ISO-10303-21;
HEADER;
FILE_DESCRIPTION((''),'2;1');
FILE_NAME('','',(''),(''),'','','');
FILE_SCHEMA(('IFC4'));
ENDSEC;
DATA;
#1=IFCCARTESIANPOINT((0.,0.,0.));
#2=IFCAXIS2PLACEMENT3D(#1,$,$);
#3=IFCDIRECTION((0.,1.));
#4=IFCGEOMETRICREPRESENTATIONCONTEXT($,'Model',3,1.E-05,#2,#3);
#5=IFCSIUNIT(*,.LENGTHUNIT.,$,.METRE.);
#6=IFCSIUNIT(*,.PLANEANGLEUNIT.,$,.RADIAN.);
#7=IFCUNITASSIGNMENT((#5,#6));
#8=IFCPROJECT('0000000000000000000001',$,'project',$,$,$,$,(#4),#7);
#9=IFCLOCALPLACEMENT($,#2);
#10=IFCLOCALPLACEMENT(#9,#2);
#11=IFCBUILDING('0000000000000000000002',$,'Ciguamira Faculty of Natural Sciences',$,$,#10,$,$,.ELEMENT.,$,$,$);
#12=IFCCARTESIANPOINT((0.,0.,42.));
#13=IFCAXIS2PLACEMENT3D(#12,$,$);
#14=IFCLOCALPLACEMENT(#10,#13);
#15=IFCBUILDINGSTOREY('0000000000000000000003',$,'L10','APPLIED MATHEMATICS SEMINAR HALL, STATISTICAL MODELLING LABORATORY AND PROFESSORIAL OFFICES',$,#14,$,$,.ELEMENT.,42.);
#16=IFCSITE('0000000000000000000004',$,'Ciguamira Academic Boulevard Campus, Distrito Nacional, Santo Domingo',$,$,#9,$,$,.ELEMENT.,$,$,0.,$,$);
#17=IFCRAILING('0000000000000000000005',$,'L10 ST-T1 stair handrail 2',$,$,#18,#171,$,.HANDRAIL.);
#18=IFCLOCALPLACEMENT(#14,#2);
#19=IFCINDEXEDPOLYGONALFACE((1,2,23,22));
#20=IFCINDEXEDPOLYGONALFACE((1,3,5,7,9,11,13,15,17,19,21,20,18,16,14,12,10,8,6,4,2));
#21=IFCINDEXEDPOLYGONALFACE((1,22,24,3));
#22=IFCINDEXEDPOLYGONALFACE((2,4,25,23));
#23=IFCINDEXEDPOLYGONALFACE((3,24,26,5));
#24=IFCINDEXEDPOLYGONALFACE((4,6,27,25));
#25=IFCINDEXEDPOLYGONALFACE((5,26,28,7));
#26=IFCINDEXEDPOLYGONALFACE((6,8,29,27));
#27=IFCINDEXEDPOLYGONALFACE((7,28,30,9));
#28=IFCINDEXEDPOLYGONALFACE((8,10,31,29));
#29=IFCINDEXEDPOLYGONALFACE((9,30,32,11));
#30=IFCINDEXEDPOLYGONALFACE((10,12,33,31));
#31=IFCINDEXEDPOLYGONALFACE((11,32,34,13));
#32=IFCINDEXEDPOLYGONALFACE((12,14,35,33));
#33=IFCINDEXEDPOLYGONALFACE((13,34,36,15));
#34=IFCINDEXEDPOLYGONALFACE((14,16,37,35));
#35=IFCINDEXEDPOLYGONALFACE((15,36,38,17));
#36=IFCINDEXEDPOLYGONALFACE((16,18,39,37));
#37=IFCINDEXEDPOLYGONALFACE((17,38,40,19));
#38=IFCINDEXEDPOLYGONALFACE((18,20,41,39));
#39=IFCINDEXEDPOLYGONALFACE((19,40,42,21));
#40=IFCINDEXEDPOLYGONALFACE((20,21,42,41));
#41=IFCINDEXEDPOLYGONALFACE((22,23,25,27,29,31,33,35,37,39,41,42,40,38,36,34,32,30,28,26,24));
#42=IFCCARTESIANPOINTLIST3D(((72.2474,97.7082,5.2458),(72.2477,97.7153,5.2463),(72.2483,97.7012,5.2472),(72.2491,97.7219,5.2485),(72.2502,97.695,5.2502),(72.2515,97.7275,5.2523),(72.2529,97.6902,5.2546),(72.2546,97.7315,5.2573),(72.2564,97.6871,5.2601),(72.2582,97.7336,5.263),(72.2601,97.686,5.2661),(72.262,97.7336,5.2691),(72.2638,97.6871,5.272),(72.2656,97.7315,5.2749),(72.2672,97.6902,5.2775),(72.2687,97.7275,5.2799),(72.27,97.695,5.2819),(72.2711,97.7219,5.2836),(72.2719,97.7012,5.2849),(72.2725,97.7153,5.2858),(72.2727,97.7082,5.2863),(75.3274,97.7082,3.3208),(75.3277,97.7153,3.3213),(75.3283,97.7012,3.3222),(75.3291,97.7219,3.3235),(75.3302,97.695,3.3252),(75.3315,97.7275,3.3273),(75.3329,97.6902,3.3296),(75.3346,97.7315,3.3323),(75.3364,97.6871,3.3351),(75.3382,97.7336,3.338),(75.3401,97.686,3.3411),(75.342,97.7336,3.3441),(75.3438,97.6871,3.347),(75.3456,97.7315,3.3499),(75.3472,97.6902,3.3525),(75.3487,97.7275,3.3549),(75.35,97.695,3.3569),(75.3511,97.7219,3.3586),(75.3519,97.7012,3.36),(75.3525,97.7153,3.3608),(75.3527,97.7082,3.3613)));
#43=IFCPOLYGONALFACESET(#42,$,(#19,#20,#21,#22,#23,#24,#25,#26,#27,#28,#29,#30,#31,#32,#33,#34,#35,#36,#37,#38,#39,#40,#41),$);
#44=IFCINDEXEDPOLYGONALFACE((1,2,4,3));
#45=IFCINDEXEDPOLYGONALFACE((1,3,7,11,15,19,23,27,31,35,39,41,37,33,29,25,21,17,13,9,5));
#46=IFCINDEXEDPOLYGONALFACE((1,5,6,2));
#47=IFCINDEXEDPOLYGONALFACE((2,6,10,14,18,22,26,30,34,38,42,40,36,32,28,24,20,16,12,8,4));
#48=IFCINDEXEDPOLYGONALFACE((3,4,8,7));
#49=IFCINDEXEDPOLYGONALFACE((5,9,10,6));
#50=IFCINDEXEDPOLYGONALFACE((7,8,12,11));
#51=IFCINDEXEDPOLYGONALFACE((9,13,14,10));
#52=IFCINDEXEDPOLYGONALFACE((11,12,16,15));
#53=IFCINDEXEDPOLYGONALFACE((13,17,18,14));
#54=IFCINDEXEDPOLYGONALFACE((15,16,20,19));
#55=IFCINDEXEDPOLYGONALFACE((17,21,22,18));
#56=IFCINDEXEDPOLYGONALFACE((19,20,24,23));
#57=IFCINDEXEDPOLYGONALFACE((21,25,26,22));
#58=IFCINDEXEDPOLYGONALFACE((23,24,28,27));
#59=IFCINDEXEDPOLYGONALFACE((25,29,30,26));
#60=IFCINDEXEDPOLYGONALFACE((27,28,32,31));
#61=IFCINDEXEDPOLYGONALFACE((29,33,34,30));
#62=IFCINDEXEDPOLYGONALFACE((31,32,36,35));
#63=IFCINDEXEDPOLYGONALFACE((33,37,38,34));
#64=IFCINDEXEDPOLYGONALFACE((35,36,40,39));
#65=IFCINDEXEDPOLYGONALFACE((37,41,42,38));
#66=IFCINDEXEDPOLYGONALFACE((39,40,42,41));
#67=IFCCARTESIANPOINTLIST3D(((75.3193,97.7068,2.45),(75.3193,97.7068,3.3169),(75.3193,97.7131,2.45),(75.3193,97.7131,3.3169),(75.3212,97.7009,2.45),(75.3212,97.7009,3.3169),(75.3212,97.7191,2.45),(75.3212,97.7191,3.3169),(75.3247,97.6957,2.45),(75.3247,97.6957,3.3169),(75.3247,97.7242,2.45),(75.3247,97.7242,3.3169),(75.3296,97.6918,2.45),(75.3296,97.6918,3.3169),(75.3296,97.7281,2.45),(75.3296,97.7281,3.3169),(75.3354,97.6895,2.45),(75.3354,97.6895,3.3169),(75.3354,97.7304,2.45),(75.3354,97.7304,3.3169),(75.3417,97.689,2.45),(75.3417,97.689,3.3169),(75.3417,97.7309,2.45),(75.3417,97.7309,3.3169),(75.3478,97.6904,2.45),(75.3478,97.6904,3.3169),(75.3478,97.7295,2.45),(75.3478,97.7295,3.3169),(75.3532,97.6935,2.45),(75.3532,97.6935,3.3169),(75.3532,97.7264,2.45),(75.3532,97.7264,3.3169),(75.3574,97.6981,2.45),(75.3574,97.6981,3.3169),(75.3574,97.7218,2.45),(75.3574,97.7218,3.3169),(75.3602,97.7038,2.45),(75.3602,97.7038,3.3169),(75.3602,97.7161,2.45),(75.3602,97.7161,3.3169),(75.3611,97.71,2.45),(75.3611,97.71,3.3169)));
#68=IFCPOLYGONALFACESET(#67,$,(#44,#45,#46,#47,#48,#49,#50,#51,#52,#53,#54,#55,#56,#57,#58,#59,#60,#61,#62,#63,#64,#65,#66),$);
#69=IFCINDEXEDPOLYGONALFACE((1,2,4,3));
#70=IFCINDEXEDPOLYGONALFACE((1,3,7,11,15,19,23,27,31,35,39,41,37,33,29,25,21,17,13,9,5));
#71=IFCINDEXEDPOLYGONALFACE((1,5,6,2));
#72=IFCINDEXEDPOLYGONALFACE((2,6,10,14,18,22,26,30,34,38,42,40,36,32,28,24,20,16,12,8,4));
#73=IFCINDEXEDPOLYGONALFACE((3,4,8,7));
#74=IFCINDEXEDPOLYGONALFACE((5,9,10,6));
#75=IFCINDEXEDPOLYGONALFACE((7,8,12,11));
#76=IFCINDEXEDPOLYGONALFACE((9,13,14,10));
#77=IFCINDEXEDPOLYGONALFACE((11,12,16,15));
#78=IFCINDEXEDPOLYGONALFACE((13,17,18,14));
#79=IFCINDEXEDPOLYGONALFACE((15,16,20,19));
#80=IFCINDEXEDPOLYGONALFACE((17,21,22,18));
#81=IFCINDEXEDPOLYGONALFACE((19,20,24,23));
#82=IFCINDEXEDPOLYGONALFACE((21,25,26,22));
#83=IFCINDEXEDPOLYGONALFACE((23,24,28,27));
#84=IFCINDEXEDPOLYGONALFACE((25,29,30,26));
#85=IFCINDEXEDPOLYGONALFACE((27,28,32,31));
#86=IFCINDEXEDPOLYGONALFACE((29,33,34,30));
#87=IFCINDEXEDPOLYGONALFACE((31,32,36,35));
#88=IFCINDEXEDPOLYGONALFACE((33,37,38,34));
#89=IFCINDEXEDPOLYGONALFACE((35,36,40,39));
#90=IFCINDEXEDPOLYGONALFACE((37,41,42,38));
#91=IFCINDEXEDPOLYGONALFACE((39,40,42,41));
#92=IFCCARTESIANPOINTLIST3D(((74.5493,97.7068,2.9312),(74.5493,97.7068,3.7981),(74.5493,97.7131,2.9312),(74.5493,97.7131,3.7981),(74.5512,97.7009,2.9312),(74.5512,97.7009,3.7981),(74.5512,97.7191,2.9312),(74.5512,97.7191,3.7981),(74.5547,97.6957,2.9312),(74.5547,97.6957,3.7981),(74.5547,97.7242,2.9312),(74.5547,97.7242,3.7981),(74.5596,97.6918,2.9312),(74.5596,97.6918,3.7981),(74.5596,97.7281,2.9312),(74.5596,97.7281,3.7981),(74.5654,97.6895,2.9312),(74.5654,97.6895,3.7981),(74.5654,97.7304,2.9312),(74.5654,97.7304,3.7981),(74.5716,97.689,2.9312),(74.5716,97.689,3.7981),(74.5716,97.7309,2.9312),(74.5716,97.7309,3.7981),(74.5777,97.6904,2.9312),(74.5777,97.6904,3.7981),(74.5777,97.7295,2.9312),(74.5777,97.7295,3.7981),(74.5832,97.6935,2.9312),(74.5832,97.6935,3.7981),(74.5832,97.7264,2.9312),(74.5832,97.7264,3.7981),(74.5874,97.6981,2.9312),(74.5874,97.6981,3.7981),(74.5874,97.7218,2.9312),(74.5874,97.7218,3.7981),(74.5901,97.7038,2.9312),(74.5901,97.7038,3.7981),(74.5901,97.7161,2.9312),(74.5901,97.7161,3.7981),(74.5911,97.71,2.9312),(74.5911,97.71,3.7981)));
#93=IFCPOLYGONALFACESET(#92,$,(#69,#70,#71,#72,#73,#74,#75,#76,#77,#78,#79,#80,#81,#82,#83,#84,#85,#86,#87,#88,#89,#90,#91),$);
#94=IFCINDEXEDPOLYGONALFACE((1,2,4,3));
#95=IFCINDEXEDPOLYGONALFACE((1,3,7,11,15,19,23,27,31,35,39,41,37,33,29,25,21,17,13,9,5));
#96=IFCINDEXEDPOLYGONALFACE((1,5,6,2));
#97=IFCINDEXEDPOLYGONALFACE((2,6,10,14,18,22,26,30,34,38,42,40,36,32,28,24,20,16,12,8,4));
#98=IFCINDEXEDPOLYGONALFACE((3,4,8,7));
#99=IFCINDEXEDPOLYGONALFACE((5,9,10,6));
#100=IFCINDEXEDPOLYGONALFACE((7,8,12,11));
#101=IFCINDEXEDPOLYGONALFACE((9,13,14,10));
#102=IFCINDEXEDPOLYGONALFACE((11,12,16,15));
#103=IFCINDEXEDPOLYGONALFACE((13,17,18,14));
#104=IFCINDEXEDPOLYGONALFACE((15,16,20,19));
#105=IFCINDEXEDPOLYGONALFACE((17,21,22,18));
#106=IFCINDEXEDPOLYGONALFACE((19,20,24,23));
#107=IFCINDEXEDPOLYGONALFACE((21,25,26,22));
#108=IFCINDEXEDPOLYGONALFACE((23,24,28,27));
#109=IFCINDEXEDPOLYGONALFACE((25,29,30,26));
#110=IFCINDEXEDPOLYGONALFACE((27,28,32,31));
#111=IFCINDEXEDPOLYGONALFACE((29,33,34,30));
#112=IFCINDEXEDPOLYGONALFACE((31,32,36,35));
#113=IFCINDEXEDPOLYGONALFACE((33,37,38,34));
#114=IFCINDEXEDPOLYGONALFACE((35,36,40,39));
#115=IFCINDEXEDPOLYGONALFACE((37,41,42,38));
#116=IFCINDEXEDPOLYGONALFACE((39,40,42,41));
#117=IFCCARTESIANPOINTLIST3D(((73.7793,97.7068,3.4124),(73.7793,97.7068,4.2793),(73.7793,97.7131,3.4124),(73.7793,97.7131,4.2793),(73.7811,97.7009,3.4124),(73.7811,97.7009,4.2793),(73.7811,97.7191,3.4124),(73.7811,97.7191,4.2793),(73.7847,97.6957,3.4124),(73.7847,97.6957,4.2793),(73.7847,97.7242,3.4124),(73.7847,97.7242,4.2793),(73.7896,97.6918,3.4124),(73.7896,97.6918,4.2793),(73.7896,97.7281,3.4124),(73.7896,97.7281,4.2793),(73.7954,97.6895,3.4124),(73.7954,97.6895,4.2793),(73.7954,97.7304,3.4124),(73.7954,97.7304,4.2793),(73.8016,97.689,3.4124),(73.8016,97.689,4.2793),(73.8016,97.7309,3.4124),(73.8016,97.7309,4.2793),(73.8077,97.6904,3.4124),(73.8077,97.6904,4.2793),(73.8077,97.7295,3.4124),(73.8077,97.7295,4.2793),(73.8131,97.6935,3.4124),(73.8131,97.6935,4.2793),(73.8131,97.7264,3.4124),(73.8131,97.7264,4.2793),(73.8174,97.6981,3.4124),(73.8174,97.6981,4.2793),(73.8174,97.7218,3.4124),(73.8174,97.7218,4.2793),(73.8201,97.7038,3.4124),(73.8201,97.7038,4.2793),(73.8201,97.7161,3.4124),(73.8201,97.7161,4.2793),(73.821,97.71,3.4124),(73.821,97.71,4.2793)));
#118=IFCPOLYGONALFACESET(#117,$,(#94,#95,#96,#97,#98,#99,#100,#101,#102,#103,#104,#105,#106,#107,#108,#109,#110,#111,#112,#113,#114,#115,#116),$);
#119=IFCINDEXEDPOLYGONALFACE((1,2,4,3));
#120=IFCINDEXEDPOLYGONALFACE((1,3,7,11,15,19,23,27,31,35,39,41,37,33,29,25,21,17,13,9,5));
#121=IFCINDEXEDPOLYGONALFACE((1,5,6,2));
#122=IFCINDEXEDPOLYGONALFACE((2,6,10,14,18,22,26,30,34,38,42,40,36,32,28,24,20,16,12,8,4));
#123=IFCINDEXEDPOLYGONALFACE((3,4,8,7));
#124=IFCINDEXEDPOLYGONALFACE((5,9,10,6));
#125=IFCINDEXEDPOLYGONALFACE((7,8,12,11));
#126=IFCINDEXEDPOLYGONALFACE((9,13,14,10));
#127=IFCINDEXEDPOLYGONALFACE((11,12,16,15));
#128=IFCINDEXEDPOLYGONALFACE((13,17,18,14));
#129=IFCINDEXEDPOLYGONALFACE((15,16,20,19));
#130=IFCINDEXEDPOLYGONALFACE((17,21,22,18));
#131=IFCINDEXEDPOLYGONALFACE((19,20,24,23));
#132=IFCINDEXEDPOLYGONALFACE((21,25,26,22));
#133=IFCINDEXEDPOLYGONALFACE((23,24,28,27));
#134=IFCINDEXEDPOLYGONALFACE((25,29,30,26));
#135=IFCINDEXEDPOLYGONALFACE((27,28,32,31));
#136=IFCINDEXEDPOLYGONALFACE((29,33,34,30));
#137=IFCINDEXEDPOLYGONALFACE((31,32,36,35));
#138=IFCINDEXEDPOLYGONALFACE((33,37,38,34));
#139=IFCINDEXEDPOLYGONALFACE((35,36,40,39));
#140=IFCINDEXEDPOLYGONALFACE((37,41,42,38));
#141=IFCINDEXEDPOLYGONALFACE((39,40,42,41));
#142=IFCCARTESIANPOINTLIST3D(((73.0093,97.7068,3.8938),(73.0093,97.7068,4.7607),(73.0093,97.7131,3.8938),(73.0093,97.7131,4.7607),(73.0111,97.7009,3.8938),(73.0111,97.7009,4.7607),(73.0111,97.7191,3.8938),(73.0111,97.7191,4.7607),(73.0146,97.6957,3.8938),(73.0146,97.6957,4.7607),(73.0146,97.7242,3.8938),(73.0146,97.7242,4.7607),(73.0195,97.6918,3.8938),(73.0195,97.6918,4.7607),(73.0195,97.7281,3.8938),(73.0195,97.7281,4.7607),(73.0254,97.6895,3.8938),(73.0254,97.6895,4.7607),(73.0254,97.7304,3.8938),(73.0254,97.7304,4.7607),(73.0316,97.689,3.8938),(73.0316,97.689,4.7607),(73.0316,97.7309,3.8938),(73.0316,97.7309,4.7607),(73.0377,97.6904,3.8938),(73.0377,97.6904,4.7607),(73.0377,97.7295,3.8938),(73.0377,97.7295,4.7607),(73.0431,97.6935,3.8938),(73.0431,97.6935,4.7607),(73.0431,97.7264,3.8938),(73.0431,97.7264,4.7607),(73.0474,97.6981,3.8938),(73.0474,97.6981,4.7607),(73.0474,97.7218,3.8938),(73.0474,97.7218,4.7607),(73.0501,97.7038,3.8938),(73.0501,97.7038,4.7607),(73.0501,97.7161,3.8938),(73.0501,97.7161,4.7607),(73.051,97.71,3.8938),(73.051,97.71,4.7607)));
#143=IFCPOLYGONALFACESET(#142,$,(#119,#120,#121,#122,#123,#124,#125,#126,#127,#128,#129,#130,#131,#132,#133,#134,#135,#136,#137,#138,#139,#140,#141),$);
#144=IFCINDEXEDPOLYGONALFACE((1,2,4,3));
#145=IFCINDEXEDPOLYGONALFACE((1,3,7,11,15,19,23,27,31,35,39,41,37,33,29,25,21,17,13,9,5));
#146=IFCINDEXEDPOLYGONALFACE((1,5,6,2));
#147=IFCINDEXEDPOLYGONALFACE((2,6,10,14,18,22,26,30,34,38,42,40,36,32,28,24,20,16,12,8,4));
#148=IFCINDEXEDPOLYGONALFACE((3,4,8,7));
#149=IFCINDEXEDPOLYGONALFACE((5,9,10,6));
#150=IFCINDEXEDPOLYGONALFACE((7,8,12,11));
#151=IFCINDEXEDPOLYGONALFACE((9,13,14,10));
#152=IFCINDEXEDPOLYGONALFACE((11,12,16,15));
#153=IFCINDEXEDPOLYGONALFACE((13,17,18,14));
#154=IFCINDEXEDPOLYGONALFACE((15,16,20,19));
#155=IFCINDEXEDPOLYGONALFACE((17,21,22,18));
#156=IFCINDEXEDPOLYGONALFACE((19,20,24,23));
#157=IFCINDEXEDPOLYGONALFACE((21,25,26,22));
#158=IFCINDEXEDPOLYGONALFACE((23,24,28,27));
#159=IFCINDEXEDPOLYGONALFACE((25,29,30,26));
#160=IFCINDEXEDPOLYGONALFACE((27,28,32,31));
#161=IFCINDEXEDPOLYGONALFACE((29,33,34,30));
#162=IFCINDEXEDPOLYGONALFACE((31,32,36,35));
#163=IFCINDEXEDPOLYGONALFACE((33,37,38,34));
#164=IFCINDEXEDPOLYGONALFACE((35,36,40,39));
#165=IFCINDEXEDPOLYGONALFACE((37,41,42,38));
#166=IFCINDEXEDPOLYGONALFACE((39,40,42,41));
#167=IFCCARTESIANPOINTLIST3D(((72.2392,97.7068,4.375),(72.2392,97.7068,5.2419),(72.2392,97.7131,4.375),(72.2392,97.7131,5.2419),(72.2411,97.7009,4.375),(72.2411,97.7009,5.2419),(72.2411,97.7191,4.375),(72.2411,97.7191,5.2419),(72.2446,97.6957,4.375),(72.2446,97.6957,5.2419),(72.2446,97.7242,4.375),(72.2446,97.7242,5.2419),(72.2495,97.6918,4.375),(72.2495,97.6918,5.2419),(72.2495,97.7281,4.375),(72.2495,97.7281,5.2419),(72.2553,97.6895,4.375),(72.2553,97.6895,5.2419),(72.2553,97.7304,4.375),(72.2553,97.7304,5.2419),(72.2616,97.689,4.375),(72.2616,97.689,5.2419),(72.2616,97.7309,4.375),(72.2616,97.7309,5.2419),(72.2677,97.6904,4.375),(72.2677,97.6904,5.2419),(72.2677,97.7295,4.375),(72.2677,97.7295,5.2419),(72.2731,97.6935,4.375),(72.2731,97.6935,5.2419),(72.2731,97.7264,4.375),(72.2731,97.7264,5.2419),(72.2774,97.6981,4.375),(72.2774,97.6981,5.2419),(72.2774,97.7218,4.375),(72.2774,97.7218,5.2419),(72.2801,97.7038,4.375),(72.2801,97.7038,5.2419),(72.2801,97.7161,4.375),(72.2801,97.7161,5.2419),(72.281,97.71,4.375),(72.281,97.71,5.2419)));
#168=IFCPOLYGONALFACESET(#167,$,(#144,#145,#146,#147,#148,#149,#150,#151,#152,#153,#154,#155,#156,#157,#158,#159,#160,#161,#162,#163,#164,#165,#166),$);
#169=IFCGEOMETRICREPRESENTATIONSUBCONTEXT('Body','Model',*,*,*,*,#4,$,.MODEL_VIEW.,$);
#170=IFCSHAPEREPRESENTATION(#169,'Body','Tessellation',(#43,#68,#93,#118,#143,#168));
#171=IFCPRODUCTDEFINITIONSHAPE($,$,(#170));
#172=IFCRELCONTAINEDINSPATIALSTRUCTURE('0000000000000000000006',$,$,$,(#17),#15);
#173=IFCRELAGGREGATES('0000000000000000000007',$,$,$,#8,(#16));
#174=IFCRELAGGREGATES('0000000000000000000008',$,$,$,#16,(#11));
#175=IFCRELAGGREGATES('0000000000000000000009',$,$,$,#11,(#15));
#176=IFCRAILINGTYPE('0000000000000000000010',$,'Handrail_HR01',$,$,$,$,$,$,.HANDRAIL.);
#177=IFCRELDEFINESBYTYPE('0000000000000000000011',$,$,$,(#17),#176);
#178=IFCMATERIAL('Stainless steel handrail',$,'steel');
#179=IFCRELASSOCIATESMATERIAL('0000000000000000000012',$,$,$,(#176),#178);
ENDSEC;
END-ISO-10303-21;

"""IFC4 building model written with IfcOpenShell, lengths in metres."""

from ifc_helpers import new_model, si_unit, direction, frame, origin, origin_2d, place, context, subcontext, project, spatial, circle, extrude, material, type_object, element, save


model = new_model("IFC4")

# Units and contexts
model_context = context("Model", 3, precision=1e-05, world=origin(), true_north=direction((0.0, 1.0)))
body_context = subcontext(model_context, "Body", "Model", "MODEL_VIEW")
ifc_project = project(units=[si_unit("LENGTHUNIT", "METRE"), si_unit("PLANEANGLEUNIT", "RADIAN")], contexts=[model_context])

# Site, building, storey
site_placement = place(None, origin())
site = spatial("IfcSite", under=ifc_project, at=site_placement, Name="Ciguamira Academic Boulevard Campus, Distrito Nacional, Santo Domingo", CompositionType="ELEMENT", RefElevation=0.0)
building_placement = place(site_placement, origin())
building = spatial("IfcBuilding", under=site, at=building_placement, Name="Ciguamira Faculty of Natural Sciences", CompositionType="ELEMENT")
storey_placement = place(building_placement, frame((0.0, 0.0, 42.0)))
storey = spatial("IfcBuildingStorey", under=building, at=storey_placement, Name="L10", Description="APPLIED MATHEMATICS SEMINAR HALL, STATISTICAL MODELLING LABORATORY AND PROFESSORIAL OFFICES", CompositionType="ELEMENT", Elevation=42.0)

# Railing
ifc_material_1 = material(Name="Stainless steel handrail", Category="steel")
railing_type_1 = type_object("IfcRailingType", Name="Handrail_HR01", PredefinedType="HANDRAIL", material=ifc_material_1)
railing_1_placement = place(storey_placement, frame((75.3401, 97.71, 2.45)))
element("IfcRailing", 1, at=railing_1_placement, inside=storey, type_object=railing_type_1, Name="L10 ST-T1 stair handrail 2", PredefinedType="HANDRAIL", context=body_context, shape_type="SweptSolid", body=[
    extrude(circle(Radius=0.0239, at=origin_2d()), frame((0.0, 0.0, 0.8911), z_axis=(-0.847998, 0.0, 0.529999), x_axis=(0.0, -1.0, 0.0)), (0.0, 0.0, 1.0), 3.6321),
    extrude(circle(Radius=0.021, at=origin_2d()), origin(), (0.0, 0.0, 1.0), 0.8669),
    extrude(circle(Radius=0.021, at=origin_2d()), frame((-0.77, 0.0, 0.4812)), (0.0, 0.0, 1.0), 0.8669),
    extrude(circle(Radius=0.021, at=origin_2d()), frame((-1.54, 0.0, 0.9624)), (0.0, 0.0, 1.0), 0.8669),
    extrude(circle(Radius=0.021, at=origin_2d()), frame((-2.3101, 0.0, 1.4438)), (0.0, 0.0, 1.0), 0.8669),
    extrude(circle(Radius=0.021, at=origin_2d()), frame((-3.0801, 0.0, 1.925)), (0.0, 0.0, 1.0), 0.8669),
])

save(model, "model.ifc")
